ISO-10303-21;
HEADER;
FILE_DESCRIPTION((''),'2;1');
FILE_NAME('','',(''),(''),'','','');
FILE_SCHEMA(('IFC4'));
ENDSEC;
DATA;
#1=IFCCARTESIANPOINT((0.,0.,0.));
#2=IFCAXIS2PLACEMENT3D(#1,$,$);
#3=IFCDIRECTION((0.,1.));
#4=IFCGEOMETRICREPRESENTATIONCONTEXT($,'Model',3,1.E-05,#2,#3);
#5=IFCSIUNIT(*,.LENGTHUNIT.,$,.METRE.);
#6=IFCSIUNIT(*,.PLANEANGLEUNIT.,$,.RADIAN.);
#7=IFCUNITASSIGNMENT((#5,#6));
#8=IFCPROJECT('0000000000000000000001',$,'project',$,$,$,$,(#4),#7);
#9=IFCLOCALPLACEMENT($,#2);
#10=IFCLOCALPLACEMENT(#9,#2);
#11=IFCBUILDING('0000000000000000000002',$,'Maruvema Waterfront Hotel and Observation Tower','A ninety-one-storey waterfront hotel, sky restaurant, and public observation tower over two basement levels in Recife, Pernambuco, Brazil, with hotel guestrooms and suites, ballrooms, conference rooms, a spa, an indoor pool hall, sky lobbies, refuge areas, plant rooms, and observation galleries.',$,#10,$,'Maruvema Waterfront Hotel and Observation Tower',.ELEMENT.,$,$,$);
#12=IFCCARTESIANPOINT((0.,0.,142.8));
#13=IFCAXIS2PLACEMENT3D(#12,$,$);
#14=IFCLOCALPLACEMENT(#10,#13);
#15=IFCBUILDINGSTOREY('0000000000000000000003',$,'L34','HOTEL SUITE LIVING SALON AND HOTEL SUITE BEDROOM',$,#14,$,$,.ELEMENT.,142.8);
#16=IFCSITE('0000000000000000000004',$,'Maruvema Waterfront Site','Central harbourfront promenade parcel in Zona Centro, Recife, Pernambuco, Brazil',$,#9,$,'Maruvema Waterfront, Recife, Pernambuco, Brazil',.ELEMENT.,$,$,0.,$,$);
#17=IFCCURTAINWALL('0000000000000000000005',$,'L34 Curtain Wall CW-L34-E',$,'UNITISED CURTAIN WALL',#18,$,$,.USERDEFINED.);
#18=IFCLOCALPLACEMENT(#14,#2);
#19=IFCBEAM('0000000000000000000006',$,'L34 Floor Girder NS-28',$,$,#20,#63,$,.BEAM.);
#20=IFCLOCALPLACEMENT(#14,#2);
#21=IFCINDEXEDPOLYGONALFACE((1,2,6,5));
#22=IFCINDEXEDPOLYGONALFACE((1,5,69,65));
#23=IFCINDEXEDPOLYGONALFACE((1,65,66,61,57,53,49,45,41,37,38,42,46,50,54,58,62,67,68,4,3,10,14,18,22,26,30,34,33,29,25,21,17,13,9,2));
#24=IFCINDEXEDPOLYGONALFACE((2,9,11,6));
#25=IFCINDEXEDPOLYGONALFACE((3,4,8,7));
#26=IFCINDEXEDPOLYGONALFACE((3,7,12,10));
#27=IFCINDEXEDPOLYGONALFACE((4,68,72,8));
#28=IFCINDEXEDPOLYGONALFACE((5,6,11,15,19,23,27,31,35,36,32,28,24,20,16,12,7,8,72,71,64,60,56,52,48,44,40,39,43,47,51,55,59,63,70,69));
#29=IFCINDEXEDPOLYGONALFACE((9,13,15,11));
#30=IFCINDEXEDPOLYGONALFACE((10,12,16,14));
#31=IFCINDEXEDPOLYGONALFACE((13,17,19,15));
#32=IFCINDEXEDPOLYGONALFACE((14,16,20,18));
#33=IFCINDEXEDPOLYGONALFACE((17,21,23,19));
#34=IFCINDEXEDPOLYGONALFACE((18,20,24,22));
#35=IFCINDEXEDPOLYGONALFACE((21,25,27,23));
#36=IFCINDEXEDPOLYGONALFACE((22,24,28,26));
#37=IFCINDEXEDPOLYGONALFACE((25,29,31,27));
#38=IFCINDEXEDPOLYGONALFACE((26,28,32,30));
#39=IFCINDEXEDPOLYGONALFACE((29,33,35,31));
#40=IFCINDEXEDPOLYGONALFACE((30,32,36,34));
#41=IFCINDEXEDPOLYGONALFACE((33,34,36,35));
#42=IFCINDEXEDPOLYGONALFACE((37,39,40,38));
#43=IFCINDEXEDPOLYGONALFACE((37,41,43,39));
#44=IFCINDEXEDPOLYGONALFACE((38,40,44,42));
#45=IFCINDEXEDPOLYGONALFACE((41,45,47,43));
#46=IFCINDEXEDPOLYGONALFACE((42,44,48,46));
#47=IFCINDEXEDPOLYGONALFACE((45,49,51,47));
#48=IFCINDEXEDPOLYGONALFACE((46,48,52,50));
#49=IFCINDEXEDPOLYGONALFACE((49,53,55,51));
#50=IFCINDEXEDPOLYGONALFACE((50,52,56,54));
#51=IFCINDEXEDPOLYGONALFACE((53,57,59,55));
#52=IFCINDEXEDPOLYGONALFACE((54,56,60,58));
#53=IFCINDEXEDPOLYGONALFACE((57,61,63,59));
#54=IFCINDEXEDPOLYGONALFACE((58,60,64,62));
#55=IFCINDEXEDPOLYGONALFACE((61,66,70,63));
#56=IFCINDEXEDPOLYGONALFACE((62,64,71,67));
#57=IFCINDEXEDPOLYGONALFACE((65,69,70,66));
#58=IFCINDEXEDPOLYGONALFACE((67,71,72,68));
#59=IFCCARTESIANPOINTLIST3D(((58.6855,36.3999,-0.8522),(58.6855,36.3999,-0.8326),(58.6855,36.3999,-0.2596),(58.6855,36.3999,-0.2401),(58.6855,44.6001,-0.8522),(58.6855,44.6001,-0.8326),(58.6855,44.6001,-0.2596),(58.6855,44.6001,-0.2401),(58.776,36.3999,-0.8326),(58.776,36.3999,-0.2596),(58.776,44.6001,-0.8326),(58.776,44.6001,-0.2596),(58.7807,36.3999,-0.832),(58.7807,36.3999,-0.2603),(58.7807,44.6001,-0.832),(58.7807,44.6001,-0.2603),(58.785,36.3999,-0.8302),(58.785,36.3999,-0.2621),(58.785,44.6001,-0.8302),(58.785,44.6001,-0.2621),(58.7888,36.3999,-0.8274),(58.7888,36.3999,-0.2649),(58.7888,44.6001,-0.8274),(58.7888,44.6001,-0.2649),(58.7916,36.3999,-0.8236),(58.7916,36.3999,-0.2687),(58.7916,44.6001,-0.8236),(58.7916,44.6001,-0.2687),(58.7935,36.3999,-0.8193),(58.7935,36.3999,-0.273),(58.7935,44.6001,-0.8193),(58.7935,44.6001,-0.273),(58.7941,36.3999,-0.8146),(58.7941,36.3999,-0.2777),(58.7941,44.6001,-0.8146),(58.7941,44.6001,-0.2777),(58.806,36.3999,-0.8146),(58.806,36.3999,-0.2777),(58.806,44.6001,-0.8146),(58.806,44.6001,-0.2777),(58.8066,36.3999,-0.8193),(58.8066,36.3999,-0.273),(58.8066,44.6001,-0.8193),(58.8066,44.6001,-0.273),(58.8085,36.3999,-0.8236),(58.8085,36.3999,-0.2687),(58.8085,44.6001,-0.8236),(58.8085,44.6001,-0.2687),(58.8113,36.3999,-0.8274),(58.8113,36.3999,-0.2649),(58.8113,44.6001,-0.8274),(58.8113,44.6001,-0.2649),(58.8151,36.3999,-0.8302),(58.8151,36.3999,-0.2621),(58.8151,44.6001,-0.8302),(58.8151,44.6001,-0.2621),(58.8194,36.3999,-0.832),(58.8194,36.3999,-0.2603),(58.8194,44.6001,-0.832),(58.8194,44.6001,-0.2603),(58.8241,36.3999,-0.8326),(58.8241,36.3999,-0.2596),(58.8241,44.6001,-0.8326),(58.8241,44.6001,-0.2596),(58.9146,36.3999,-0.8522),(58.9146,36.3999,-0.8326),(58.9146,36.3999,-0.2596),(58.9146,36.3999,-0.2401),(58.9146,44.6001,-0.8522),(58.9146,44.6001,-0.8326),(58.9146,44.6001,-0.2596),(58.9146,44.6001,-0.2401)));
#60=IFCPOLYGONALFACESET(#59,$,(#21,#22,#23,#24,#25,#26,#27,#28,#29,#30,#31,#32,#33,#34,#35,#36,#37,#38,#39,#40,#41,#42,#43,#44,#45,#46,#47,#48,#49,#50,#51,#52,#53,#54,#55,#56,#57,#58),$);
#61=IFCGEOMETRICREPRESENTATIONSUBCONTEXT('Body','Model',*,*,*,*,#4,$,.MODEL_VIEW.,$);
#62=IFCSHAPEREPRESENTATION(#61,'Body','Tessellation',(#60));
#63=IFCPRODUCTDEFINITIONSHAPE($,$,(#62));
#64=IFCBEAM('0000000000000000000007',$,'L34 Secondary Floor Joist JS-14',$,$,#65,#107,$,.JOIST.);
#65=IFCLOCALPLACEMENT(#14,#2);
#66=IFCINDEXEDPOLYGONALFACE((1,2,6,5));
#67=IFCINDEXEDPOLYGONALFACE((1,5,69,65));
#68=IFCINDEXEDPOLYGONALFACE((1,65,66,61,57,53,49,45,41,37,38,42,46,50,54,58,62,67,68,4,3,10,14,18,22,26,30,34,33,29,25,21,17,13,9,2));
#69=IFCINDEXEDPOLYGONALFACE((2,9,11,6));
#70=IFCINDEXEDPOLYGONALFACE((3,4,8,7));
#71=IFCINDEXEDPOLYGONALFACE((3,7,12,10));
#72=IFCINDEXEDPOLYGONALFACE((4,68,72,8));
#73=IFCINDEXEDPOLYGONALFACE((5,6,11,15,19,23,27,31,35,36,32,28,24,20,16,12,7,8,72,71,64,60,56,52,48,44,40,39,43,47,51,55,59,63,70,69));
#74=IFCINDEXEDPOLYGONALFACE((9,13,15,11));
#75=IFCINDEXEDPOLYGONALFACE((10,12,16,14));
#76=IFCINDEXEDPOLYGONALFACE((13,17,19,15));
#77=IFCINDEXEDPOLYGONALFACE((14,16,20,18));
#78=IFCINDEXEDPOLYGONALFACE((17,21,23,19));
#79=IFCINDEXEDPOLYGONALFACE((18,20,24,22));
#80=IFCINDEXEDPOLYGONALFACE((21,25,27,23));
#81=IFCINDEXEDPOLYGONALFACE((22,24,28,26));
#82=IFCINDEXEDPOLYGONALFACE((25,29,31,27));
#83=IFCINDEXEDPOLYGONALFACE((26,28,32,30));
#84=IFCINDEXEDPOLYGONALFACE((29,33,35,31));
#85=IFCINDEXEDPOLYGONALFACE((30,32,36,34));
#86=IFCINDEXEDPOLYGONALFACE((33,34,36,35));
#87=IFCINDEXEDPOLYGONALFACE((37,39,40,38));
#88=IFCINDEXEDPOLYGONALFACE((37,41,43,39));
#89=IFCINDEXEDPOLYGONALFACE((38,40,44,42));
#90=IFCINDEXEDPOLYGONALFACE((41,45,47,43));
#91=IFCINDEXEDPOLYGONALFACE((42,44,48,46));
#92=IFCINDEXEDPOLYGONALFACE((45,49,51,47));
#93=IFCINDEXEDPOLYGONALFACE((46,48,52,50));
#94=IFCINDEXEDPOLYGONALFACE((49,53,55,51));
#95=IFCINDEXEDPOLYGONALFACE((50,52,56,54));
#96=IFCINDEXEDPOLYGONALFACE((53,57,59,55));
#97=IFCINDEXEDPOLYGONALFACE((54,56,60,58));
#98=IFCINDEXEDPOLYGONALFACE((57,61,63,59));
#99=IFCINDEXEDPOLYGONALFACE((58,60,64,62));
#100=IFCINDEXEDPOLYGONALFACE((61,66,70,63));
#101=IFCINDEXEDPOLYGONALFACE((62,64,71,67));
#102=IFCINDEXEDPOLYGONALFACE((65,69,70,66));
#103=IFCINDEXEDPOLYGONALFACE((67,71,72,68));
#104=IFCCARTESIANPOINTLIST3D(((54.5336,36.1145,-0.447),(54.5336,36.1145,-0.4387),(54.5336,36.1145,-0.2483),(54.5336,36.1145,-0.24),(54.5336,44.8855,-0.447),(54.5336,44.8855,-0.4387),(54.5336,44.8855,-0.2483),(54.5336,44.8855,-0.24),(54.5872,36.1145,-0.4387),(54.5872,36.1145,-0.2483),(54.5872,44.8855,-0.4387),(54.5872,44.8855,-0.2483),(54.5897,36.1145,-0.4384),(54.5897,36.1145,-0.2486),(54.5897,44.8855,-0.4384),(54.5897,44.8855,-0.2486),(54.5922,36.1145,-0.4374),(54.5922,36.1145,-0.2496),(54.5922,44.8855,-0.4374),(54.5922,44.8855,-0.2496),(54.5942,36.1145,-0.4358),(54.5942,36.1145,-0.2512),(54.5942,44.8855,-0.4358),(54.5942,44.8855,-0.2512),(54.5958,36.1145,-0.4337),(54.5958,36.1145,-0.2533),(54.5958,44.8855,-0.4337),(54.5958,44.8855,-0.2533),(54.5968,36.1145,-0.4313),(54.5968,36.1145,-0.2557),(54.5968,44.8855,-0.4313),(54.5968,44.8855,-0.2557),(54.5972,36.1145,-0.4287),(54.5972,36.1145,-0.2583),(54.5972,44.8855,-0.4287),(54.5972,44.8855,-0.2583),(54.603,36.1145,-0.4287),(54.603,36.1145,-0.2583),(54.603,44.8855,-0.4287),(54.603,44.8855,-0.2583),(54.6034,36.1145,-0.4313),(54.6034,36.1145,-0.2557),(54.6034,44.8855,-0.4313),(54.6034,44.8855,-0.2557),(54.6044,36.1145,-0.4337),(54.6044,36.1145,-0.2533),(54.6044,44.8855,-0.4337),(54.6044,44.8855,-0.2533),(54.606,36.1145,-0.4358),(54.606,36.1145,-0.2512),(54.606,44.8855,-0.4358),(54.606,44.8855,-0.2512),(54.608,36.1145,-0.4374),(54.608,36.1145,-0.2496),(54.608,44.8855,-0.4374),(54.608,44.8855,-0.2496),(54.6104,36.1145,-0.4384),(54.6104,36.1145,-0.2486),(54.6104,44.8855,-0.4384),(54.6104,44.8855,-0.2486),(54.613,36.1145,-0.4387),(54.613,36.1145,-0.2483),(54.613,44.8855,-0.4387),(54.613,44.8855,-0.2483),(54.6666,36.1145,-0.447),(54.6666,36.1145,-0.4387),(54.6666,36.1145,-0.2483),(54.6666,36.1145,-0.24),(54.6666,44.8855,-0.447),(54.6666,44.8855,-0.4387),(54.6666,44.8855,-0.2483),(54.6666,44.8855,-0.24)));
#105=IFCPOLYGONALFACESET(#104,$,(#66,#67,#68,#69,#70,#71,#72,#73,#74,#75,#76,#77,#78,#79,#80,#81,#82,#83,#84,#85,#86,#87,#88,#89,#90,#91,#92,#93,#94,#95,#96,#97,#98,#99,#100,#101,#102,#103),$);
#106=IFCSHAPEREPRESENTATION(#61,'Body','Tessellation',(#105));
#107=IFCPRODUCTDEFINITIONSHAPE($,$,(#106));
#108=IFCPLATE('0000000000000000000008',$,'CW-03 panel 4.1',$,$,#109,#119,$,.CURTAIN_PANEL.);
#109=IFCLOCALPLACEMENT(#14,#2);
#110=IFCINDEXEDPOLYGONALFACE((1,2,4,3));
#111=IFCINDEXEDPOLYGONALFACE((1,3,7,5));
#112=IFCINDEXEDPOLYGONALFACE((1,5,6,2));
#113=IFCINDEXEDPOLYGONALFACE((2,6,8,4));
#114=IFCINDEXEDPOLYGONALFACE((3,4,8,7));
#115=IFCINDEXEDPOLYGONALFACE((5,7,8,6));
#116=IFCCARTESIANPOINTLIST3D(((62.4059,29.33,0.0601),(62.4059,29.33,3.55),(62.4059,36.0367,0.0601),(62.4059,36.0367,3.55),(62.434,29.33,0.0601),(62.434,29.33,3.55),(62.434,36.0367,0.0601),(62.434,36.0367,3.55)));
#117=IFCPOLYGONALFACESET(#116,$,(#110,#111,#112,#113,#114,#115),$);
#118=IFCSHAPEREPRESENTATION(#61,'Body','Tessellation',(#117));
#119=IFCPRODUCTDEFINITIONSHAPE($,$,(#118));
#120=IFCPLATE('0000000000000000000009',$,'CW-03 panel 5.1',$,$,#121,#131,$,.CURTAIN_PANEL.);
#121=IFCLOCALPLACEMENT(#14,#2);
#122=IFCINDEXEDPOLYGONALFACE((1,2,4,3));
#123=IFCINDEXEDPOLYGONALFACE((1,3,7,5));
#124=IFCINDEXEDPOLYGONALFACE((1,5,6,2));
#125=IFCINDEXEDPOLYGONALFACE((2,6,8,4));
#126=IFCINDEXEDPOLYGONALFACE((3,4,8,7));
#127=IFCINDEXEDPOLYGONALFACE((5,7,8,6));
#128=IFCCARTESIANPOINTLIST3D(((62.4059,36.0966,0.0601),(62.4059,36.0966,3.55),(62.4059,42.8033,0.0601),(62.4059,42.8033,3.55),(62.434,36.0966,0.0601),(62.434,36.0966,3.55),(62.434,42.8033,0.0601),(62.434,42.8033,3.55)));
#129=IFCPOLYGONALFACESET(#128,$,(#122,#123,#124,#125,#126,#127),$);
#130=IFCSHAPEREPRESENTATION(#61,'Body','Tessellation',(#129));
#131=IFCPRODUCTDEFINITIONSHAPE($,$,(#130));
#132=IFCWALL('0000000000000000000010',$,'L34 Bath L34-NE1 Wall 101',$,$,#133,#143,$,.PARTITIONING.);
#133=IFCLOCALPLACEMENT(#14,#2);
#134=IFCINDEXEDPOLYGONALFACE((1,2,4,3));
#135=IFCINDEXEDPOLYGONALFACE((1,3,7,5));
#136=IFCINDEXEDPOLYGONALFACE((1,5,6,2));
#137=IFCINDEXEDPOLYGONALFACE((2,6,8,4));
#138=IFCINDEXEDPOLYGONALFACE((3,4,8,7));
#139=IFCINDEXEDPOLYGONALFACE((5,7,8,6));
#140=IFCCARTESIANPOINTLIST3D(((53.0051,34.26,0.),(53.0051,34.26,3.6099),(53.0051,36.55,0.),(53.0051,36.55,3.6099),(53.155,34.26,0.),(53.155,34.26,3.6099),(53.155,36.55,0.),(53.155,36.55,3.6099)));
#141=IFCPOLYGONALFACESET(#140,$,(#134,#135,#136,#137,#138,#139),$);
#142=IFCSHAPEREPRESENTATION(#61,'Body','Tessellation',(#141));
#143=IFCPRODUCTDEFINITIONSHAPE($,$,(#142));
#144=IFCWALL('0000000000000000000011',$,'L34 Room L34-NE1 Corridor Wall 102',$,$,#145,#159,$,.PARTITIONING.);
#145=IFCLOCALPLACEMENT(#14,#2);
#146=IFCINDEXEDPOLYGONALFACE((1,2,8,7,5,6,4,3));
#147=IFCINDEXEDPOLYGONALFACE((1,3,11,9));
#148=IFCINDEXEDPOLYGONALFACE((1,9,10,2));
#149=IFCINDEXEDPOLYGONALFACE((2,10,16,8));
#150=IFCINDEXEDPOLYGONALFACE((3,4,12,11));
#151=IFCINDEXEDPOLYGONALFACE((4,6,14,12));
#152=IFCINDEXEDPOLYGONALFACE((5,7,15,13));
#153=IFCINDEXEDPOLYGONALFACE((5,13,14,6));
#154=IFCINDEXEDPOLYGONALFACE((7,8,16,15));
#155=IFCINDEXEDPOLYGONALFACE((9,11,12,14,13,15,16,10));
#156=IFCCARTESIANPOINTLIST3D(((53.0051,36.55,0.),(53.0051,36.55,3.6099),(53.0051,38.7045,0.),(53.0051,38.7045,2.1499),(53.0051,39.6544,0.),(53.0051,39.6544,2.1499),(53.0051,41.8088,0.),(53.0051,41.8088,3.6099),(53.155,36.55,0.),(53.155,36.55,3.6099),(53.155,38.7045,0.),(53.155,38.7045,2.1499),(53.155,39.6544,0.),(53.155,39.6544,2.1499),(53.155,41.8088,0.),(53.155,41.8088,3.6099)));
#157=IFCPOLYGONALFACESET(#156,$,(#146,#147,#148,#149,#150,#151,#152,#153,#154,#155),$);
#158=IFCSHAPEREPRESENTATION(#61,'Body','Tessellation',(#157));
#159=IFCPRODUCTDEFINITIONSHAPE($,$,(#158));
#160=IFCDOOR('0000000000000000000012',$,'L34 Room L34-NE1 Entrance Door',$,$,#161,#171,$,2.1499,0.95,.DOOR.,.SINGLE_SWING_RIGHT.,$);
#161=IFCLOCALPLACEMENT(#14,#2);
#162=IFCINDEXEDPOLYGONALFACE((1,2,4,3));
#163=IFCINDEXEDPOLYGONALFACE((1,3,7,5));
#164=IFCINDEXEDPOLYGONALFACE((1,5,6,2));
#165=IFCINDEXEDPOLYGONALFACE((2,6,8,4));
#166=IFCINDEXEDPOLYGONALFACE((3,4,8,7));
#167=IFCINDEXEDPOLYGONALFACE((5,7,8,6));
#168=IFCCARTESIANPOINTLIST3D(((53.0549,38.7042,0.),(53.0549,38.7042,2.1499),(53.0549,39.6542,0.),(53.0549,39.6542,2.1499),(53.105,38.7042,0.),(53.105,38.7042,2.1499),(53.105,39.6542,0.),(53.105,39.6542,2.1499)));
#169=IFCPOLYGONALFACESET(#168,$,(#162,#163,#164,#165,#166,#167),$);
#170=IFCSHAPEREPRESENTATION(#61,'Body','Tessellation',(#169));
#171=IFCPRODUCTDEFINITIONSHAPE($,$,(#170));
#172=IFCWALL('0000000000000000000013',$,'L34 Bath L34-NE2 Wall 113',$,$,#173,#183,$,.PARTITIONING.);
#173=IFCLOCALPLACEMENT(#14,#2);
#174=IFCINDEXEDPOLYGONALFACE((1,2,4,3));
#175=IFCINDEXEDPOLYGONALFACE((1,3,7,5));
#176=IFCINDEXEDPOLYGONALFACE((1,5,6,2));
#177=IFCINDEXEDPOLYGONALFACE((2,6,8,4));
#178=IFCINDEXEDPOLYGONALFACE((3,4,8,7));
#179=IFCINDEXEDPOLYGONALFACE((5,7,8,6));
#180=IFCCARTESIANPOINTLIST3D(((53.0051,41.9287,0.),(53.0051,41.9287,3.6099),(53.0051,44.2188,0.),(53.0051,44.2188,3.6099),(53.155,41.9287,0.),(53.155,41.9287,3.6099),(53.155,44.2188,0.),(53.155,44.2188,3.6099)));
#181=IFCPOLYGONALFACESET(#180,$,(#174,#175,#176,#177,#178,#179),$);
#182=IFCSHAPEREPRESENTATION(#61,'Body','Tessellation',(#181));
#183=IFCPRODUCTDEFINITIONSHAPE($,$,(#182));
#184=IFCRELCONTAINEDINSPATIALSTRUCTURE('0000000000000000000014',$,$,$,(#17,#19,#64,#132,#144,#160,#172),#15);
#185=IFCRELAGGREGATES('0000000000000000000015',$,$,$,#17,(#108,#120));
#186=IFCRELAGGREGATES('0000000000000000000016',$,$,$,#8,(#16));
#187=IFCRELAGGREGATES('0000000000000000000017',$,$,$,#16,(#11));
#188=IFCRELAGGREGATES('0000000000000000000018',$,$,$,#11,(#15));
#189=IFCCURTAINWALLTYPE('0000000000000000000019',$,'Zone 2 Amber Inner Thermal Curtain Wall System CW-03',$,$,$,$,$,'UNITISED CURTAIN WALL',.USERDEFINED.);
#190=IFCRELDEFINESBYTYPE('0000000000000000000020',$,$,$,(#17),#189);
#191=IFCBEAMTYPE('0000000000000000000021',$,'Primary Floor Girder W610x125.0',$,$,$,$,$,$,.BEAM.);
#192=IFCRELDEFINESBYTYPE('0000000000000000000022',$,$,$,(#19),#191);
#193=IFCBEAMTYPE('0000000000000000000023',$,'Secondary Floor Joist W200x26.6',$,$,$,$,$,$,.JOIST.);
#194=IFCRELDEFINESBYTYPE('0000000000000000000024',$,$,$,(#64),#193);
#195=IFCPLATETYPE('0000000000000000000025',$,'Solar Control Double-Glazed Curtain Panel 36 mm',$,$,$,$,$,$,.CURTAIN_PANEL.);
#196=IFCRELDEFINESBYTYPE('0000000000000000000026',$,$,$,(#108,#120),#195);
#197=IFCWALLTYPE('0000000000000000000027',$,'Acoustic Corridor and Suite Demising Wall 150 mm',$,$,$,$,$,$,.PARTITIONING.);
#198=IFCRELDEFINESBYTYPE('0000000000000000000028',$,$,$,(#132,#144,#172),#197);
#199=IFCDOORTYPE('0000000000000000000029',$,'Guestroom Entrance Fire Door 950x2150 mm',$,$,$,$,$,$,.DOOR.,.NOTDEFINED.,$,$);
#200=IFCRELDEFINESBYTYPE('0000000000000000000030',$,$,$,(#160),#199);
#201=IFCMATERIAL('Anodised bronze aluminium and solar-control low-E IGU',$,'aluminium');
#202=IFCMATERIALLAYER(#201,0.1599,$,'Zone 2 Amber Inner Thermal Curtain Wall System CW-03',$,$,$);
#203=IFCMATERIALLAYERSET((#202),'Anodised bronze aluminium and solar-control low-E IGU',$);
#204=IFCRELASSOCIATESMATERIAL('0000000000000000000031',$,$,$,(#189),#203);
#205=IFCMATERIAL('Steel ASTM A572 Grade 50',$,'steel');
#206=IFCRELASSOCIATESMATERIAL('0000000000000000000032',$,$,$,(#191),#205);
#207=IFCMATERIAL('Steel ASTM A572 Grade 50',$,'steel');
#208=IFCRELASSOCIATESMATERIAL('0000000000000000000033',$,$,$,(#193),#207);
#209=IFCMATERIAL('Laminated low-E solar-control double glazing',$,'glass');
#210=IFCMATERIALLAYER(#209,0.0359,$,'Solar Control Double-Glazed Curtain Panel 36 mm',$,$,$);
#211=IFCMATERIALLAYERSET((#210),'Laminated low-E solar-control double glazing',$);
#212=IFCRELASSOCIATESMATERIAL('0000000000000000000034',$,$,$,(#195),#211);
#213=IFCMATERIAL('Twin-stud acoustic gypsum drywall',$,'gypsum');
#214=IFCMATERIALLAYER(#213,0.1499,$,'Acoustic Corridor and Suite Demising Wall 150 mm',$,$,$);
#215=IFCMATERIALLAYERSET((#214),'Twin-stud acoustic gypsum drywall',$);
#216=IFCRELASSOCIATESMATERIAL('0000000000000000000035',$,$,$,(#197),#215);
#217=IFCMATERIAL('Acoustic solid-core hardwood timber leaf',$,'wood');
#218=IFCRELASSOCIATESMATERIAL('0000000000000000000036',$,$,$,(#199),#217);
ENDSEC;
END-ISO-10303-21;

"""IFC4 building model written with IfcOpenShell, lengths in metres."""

from ifc_helpers import new_model, si_unit, direction, frame, frame_2d, origin, origin_2d, place, context, subcontext, project, spatial, rectangle, i_section, extrude, material, layer, layer_set, material_profile, profile_set, type_object, element, fill, aggregate, save


model = new_model("IFC4")

# Units and contexts
model_context = context("Model", 3, precision=1e-05, world=origin(), true_north=direction((0.0, 1.0)))
body_context = subcontext(model_context, "Body", "Model", "MODEL_VIEW")
ifc_project = project(units=[si_unit("LENGTHUNIT", "METRE"), si_unit("PLANEANGLEUNIT", "RADIAN")], contexts=[model_context])

# Site, building, storey
site_placement = place(None, origin())
site = spatial("IfcSite", under=ifc_project, at=site_placement, Name="Maruvema Waterfront Site", Description="Central harbourfront promenade parcel in Zona Centro, Recife, Pernambuco, Brazil", LongName="Maruvema Waterfront, Recife, Pernambuco, Brazil", CompositionType="ELEMENT", RefElevation=0.0)
building_placement = place(site_placement, origin())
building = spatial("IfcBuilding", under=site, at=building_placement, Name="Maruvema Waterfront Hotel and Observation Tower", Description="A ninety-one-storey waterfront hotel, sky restaurant, and public observation tower over two basement levels in Recife, Pernambuco, Brazil, with hotel guestrooms and suites, ballrooms, conference rooms, a spa, an indoor pool hall, sky lobbies, refuge areas, plant rooms, and observation galleries.", LongName="Maruvema Waterfront Hotel and Observation Tower", CompositionType="ELEMENT")
storey_placement = place(building_placement, frame((0.0, 0.0, 142.8)))
storey = spatial("IfcBuildingStorey", under=building, at=storey_placement, Name="L34", Description="HOTEL SUITE LIVING SALON AND HOTEL SUITE BEDROOM", CompositionType="ELEMENT", Elevation=142.8)

# Curtain wall
ifc_material_1 = material(Name="Anodised bronze aluminium and solar-control low-E IGU", Category="aluminium")
ifc_layer_1 = layer(ifc_material_1, 0.1599, Name="Zone 2 Amber Inner Thermal Curtain Wall System CW-03")
ifc_layer_set_1 = layer_set([ifc_layer_1], Name="Anodised bronze aluminium and solar-control low-E IGU")
curtain_wall_type = type_object("IfcCurtainWallType", Name="Zone 2 Amber Inner Thermal Curtain Wall System CW-03", ElementType="UNITISED CURTAIN WALL", PredefinedType="USERDEFINED", material=ifc_layer_set_1)
curtain_wall_placement = place(storey_placement, origin())
curtain_wall = element("IfcCurtainWall", 1, at=curtain_wall_placement, inside=storey, type_object=curtain_wall_type, Name="L34 Curtain Wall CW-L34-E", ObjectType="UNITISED CURTAIN WALL", PredefinedType="USERDEFINED")

# Beams
ifc_material_2 = material(Name="Steel ASTM A572 Grade 50", Category="steel")
ifc_material_profile_1 = material_profile(ifc_material_2, i_section(OverallWidth=0.229, OverallDepth=0.6121, WebThickness=0.012, FlangeThickness=0.0195, FilletRadius=0.0181, at=origin_2d()), Name="W610x125.0")
ifc_profile_set_1 = profile_set([ifc_material_profile_1], Name="Steel ASTM A572 Grade 50")
beam_type_1 = type_object("IfcBeamType", Name="Primary Floor Girder W610x125.0", PredefinedType="BEAM", material=ifc_profile_set_1)
beam_1_placement = place(storey_placement, frame((58.8, 36.3999, -0.5461), z_axis=(0.0, 1.0, 0.0), x_axis=(-1.0, 0.0, 0.0)))
element("IfcBeam", 2, at=beam_1_placement, inside=storey, type_object=beam_type_1, Name="L34 Floor Girder NS-28", PredefinedType="BEAM", context=body_context, shape_type="SweptSolid", body=[
    extrude(i_section(OverallWidth=0.229, OverallDepth=0.6121, WebThickness=0.012, FlangeThickness=0.0195, FilletRadius=0.0181, at=origin_2d()), origin(), (0.0, 0.0, 1.0), 8.2002),
])
ifc_material_3 = material(Name="Steel ASTM A572 Grade 50", Category="steel")
ifc_material_profile_2 = material_profile(ifc_material_3, i_section(OverallWidth=0.1331, OverallDepth=0.207, WebThickness=0.0059, FlangeThickness=0.0083, FilletRadius=0.01, at=origin_2d()), Name="W200x26.6")
ifc_profile_set_2 = profile_set([ifc_material_profile_2], Name="Steel ASTM A572 Grade 50")
beam_type_2 = type_object("IfcBeamType", Name="Secondary Floor Joist W200x26.6", PredefinedType="JOIST", material=ifc_profile_set_2)
beam_2_placement = place(storey_placement, frame((54.6001, 36.1145, -0.3435), z_axis=(0.0, 1.0, 0.0), x_axis=(-1.0, 0.0, 0.0)))
element("IfcBeam", 3, at=beam_2_placement, inside=storey, type_object=beam_type_2, Name="L34 Secondary Floor Joist JS-14", PredefinedType="JOIST", context=body_context, shape_type="SweptSolid", body=[
    extrude(i_section(OverallWidth=0.1331, OverallDepth=0.207, WebThickness=0.0059, FlangeThickness=0.0083, FilletRadius=0.01, at=origin_2d()), origin(), (0.0, 0.0, 1.0), 8.771),
])

# Plates
ifc_material_4 = material(Name="Laminated low-E solar-control double glazing", Category="glass")
ifc_layer_2 = layer(ifc_material_4, 0.0359, Name="Solar Control Double-Glazed Curtain Panel 36 mm")
ifc_layer_set_2 = layer_set([ifc_layer_2], Name="Laminated low-E solar-control double glazing")
plate_type = type_object("IfcPlateType", Name="Solar Control Double-Glazed Curtain Panel 36 mm", PredefinedType="CURTAIN_PANEL", material=ifc_layer_set_2)
plate_1_placement = place(storey_placement, frame((62.4199, 32.6833, 0.0601), z_axis=(0.0, 0.0, 1.0), x_axis=(0.0, 1.0, 0.0)))
plate_1 = element("IfcPlate", 4, at=plate_1_placement, type_object=plate_type, Name="CW-03 panel 4.1", PredefinedType="CURTAIN_PANEL", context=body_context, shape_type="SweptSolid", body=[
    extrude(rectangle(XDim=6.7068, YDim=0.0281, at=origin_2d()), origin(), (0.0, 0.0, 1.0), 3.49),
])
plate_2_placement = place(storey_placement, frame((62.4199, 39.45, 0.0601), z_axis=(0.0, 0.0, 1.0), x_axis=(0.0, 1.0, 0.0)))
plate_2 = element("IfcPlate", 5, at=plate_2_placement, type_object=plate_type, Name="CW-03 panel 5.1", PredefinedType="CURTAIN_PANEL", context=body_context, shape_type="SweptSolid", body=[
    extrude(rectangle(XDim=6.7068, YDim=0.0281, at=origin_2d()), origin(), (0.0, 0.0, 1.0), 3.49),
])
aggregate(curtain_wall, [plate_1, plate_2])

# Wall
ifc_material_5 = material(Name="Twin-stud acoustic gypsum drywall", Category="gypsum")
ifc_layer_3 = layer(ifc_material_5, 0.1499, Name="Acoustic Corridor and Suite Demising Wall 150 mm")
ifc_layer_set_3 = layer_set([ifc_layer_3], Name="Twin-stud acoustic gypsum drywall")
wall_type_1 = type_object("IfcWallType", Name="Acoustic Corridor and Suite Demising Wall 150 mm", PredefinedType="PARTITIONING", material=ifc_layer_set_3)
wall_1_placement = place(storey_placement, frame((53.0801, 34.26, 0.0), z_axis=(0.0, 0.0, 1.0), x_axis=(0.0, 1.0, 0.0)))
element("IfcWall", 6, at=wall_1_placement, inside=storey, type_object=wall_type_1, Name="L34 Bath L34-NE1 Wall 101", PredefinedType="PARTITIONING", context=body_context, shape_type="SweptSolid", body=[
    extrude(rectangle(XDim=2.29, YDim=0.1499, at=frame_2d((1.145, 0.0))), origin(), (0.0, 0.0, 1.0), 3.6099),
])

# Wall, opening, door
wall_2_placement = place(storey_placement, frame((53.0801, 36.55, 0.0), z_axis=(0.0, 0.0, 1.0), x_axis=(0.0, 1.0, 0.0)))
wall_2 = element("IfcWall", 7, at=wall_2_placement, inside=storey, type_object=wall_type_1, Name="L34 Room L34-NE1 Corridor Wall 102", PredefinedType="PARTITIONING", context=body_context, shape_type="SweptSolid", body=[
    extrude(rectangle(XDim=5.2588, YDim=0.1499, at=frame_2d((2.6294, 0.0))), origin(), (0.0, 0.0, 1.0), 3.6099),
])
opening_1_placement = place(wall_2_placement, frame((2.1543, 0.0, 0.0)))
opening_1 = element("IfcOpeningElement", 8, at=opening_1_placement, cuts=wall_2, PredefinedType="OPENING", context=body_context, shape_type="SweptSolid", body=[
    extrude(rectangle(XDim=0.95, YDim=2.1499, at=frame_2d((0.4751, 1.075))), frame((0.0, 0.085, 0.0), z_axis=(0.0, -1.0, 0.0), x_axis=(1.0, 0.0, 0.0)), (0.0, 0.0, 1.0), 0.1699),
])
ifc_material_6 = material(Name="Acoustic solid-core hardwood timber leaf", Category="wood")
door_type_1 = type_object("IfcDoorType", Name="Guestroom Entrance Fire Door 950x2150 mm", OperationType="NOTDEFINED", PredefinedType="DOOR", material=ifc_material_6)
door_1_placement = place(opening_1_placement, frame((0.95, 0.0, 0.0), z_axis=(0.0, 0.0, 1.0), x_axis=(-1.0, 0.0, 0.0)))
door_1 = element("IfcDoor", 9, at=door_1_placement, inside=storey, type_object=door_type_1, Name="L34 Room L34-NE1 Entrance Door", OperationType="SINGLE_SWING_RIGHT", OverallHeight=2.1499, OverallWidth=0.95, PredefinedType="DOOR", context=body_context, shape_type="SweptSolid", body=[
    extrude(rectangle(XDim=0.95, YDim=2.1499, at=frame_2d((0.4751, 1.075))), frame((0.0, 0.0249, 0.0), z_axis=(0.0, -1.0, 0.0), x_axis=(1.0, 0.0, 0.0)), (0.0, 0.0, 1.0), 0.05),
])
fill(opening_1, door_1)

# Wall
wall_3_placement = place(storey_placement, frame((53.0801, 41.9287, 0.0), z_axis=(0.0, 0.0, 1.0), x_axis=(0.0, 1.0, 0.0)))
element("IfcWall", 10, at=wall_3_placement, inside=storey, type_object=wall_type_1, Name="L34 Bath L34-NE2 Wall 113", PredefinedType="PARTITIONING", context=body_context, shape_type="SweptSolid", body=[
    extrude(rectangle(XDim=2.29, YDim=0.1499, at=frame_2d((1.145, 0.0))), origin(), (0.0, 0.0, 1.0), 3.6099),
])

save(model, "model.ifc")
